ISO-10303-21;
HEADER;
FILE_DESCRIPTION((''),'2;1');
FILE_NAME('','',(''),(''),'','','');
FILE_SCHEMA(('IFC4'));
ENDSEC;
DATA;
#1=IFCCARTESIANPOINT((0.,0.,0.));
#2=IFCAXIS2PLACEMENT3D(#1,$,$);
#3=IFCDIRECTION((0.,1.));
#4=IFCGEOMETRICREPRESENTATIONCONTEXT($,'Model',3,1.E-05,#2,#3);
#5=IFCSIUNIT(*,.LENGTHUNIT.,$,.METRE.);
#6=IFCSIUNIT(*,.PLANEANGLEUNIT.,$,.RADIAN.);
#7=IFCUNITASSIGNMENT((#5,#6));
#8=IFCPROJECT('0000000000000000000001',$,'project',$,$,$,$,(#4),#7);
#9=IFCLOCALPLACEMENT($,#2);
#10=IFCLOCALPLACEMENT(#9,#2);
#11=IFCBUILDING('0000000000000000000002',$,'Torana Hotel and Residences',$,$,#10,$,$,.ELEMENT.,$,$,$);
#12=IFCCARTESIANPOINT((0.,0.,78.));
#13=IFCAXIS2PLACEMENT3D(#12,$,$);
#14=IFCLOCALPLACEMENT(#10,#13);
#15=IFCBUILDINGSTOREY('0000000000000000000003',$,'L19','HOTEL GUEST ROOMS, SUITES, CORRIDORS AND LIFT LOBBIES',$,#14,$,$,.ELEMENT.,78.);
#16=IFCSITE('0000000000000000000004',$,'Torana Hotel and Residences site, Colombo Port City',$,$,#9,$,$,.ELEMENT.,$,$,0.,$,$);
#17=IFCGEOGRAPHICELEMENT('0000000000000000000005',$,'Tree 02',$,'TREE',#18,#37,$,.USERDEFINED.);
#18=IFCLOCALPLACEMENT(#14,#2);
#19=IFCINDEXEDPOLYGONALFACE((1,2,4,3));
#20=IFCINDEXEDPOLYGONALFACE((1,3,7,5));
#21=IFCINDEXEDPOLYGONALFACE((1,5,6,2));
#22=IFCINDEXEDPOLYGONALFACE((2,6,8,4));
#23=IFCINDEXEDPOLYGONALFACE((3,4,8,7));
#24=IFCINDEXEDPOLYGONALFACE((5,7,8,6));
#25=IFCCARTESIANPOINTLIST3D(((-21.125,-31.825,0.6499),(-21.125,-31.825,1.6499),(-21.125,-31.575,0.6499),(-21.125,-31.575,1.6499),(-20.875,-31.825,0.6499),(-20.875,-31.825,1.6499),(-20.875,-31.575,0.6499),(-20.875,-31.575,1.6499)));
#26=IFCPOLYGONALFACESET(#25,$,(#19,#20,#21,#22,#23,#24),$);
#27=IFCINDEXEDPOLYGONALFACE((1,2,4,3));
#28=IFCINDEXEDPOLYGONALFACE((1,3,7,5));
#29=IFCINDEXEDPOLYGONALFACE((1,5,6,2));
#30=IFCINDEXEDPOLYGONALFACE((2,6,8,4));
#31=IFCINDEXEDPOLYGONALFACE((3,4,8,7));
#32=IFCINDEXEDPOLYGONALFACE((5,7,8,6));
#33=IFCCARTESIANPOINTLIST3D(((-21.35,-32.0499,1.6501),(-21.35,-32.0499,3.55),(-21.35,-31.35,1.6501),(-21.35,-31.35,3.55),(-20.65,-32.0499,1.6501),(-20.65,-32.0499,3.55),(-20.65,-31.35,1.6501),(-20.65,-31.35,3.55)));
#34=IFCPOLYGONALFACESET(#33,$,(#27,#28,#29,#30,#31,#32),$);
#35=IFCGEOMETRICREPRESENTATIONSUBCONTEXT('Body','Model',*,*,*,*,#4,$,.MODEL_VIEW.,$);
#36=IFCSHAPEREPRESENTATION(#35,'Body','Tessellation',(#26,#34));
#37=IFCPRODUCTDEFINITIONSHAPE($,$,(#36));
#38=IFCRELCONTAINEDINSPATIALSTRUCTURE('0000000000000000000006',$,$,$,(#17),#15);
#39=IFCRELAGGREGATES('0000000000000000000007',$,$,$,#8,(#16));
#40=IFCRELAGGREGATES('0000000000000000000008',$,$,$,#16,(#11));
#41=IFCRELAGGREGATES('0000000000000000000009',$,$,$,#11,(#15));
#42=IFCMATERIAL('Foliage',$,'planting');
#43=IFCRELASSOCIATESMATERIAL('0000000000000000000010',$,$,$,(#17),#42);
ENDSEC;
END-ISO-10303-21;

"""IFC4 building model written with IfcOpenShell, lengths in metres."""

from ifc_helpers import new_model, si_unit, direction, frame, origin, origin_2d, place, context, subcontext, project, spatial, rectangle, extrude, material, element, save


model = new_model("IFC4")

# Units and contexts
model_context = context("Model", 3, precision=1e-05, world=origin(), true_north=direction((0.0, 1.0)))
body_context = subcontext(model_context, "Body", "Model", "MODEL_VIEW")
ifc_project = project(units=[si_unit("LENGTHUNIT", "METRE"), si_unit("PLANEANGLEUNIT", "RADIAN")], contexts=[model_context])

# Site, building, storey
site_placement = place(None, origin())
site = spatial("IfcSite", under=ifc_project, at=site_placement, Name="Torana Hotel and Residences site, Colombo Port City", CompositionType="ELEMENT", RefElevation=0.0)
building_placement = place(site_placement, origin())
building = spatial("IfcBuilding", under=site, at=building_placement, Name="Torana Hotel and Residences", CompositionType="ELEMENT")
storey_placement = place(building_placement, frame((0.0, 0.0, 78.0)))
storey = spatial("IfcBuildingStorey", under=building, at=storey_placement, Name="L19", Description="HOTEL GUEST ROOMS, SUITES, CORRIDORS AND LIFT LOBBIES", CompositionType="ELEMENT", Elevation=78.0)

# Geographic element
ifc_material_1 = material(Name="Foliage", Category="planting")
geographic_element_placement = place(storey_placement, frame((-21.0, -31.7, 0.6499), z_axis=(0.0, 0.0, 1.0), x_axis=(1.0, 0.0, 0.0)))
element("IfcGeographicElement", 1, at=geographic_element_placement, inside=storey, material=ifc_material_1, Name="Tree 02", ObjectType="TREE", PredefinedType="USERDEFINED", context=body_context, shape_type="SweptSolid", body=[
    extrude(rectangle(XDim=0.25, YDim=0.25, at=origin_2d()), origin(), (0.0, 0.0, 1.0), 1.0),
    extrude(rectangle(XDim=0.7, YDim=0.7, at=origin_2d()), frame((0.0, 0.0, 1.0002)), (0.0, 0.0, 1.0), 1.8999),
])

save(model, "model.ifc")
